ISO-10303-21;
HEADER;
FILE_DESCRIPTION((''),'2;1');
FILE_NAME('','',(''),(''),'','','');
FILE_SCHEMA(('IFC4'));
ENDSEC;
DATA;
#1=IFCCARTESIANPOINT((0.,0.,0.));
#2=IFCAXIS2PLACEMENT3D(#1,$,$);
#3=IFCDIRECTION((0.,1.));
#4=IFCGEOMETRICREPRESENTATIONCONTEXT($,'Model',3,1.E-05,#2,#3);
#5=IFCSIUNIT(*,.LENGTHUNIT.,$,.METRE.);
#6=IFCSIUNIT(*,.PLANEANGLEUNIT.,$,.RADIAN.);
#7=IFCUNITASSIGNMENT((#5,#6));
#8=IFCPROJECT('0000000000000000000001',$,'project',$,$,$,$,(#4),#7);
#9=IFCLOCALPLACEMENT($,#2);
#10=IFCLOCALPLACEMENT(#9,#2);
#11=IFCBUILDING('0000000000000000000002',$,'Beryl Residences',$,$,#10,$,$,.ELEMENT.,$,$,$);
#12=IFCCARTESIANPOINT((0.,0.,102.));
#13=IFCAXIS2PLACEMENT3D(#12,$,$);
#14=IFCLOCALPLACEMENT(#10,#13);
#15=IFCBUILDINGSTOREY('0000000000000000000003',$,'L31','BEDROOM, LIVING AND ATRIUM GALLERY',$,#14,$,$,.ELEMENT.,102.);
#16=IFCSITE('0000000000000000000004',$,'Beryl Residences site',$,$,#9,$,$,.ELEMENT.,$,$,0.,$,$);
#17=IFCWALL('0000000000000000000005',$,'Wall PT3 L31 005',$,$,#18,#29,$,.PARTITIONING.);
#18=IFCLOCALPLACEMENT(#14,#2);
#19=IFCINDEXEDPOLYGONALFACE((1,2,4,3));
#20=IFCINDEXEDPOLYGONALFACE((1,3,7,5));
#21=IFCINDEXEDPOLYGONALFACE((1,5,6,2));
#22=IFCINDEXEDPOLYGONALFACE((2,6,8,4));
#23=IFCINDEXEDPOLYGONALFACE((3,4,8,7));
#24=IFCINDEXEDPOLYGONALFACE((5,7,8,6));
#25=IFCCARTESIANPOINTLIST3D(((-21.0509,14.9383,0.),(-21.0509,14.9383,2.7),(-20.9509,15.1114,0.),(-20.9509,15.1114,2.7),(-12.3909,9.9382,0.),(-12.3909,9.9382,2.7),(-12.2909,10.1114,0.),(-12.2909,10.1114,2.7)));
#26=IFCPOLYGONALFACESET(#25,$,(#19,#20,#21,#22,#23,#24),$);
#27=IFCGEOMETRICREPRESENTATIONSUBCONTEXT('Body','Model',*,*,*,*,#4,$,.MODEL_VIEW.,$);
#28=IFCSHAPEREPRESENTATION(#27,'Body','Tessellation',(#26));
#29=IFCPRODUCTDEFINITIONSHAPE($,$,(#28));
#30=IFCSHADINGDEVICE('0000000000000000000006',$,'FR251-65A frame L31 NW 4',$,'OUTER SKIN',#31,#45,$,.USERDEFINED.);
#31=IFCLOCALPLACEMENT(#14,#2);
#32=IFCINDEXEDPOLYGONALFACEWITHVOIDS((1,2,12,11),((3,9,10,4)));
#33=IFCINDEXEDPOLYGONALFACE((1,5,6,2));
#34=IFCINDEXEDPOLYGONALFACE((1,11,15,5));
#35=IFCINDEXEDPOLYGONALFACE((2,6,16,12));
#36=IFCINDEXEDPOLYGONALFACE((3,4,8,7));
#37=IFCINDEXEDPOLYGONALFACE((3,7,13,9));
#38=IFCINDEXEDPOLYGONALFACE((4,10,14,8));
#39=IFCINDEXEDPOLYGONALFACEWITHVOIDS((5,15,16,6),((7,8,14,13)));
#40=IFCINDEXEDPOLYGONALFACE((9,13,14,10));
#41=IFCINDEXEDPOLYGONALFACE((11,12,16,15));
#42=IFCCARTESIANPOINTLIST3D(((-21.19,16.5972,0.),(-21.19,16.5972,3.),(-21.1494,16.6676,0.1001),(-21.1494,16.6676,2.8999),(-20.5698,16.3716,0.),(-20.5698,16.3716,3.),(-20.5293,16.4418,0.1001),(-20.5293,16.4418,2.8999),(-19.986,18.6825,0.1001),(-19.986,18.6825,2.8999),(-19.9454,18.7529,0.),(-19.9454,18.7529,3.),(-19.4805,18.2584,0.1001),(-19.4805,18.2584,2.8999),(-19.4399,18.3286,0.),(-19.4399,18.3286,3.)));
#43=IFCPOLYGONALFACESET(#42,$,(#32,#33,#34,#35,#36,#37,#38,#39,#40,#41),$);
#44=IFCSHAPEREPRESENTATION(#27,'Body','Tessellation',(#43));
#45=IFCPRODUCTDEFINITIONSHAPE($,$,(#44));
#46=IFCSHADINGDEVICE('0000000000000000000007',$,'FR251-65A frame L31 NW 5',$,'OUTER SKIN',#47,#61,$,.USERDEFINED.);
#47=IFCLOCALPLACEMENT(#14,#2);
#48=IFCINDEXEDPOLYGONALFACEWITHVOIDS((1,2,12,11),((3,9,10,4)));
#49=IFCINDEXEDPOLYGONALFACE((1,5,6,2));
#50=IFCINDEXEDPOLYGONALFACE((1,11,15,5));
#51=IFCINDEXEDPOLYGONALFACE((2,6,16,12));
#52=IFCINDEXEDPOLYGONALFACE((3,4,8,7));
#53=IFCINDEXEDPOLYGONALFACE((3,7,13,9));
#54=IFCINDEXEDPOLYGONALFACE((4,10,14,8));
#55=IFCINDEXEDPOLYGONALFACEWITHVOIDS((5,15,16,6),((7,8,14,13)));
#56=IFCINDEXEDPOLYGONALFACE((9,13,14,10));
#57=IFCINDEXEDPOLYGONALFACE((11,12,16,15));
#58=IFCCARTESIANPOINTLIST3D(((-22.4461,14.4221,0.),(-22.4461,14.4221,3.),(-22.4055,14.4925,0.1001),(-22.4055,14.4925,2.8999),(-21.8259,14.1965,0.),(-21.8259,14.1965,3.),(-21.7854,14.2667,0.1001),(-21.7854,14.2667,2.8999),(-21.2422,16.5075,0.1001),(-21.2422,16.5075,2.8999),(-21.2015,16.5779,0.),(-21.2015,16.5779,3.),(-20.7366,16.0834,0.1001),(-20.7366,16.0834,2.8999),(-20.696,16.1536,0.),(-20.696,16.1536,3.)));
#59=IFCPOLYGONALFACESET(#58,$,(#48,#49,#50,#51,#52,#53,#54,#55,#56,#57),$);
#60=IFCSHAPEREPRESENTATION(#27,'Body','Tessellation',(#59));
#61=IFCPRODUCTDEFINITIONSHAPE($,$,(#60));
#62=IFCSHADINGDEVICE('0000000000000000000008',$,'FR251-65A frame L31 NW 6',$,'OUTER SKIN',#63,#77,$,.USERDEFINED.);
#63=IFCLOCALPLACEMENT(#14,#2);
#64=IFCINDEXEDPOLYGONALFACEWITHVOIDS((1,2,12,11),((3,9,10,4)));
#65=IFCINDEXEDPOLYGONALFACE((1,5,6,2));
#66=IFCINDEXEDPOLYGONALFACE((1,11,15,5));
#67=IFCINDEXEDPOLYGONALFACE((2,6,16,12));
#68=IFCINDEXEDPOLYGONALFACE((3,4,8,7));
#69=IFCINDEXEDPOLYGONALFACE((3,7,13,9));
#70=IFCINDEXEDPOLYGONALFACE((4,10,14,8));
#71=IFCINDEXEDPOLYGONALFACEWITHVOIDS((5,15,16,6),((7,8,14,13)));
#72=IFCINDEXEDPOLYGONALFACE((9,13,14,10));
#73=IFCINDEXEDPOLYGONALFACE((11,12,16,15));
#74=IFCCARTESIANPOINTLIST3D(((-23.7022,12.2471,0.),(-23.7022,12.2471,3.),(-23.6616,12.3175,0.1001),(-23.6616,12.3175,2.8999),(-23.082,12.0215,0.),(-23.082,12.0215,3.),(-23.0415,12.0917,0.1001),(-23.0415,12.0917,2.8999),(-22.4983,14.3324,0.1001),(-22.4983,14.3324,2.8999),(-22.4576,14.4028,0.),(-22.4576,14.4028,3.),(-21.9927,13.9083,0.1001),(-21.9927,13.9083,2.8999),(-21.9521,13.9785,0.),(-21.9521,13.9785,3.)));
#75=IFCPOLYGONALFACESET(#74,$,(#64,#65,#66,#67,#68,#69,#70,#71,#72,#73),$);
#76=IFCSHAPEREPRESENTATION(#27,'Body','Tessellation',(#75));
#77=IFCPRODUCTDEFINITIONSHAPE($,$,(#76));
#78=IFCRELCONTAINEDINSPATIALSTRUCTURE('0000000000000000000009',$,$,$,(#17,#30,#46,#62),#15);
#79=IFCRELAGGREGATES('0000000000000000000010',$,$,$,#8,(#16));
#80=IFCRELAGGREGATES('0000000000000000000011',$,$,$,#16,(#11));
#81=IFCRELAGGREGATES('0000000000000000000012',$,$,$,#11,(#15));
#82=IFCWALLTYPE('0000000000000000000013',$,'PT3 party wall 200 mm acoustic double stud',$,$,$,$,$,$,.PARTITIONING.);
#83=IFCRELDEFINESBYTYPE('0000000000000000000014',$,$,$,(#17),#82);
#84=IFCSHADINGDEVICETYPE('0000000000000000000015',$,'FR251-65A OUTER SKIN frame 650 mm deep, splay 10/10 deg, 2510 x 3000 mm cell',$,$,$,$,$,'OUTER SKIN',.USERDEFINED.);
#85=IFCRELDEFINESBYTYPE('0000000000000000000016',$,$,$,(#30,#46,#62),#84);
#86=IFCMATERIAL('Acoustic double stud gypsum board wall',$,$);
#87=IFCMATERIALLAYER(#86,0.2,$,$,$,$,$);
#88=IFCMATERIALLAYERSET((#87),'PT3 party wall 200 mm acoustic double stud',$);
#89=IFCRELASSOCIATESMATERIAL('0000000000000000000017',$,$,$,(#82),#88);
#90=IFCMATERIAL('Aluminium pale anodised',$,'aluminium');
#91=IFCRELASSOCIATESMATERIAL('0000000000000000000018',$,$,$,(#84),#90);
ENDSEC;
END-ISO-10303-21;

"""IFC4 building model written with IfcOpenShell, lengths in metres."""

from ifc_helpers import new_model, entity, si_unit, direction, frame, frame_2d, origin, place, context, subcontext, project, spatial, rectangle, extrude, source, transform, mapped, material, layer, layer_set, type_object, type_shapes, element, save


model = new_model("IFC4")

# Units and contexts
model_context = context("Model", 3, precision=1e-05, world=origin(), true_north=direction((0.0, 1.0)))
body_context = subcontext(model_context, "Body", "Model", "MODEL_VIEW")
ifc_project = project(units=[si_unit("LENGTHUNIT", "METRE"), si_unit("PLANEANGLEUNIT", "RADIAN")], contexts=[model_context])

# Site, building, storey
site_placement = place(None, origin())
site = spatial("IfcSite", under=ifc_project, at=site_placement, Name="Beryl Residences site", CompositionType="ELEMENT", RefElevation=0.0)
building_placement = place(site_placement, origin())
building = spatial("IfcBuilding", under=site, at=building_placement, Name="Beryl Residences", CompositionType="ELEMENT")
storey_placement = place(building_placement, frame((0.0, 0.0, 102.0)))
storey = spatial("IfcBuildingStorey", under=building, at=storey_placement, Name="L31", Description="BEDROOM, LIVING AND ATRIUM GALLERY", CompositionType="ELEMENT", Elevation=102.0)

# Wall
ifc_material_1 = material(Name="Acoustic double stud gypsum board wall")
ifc_layer_1 = layer(ifc_material_1, 0.2)
ifc_layer_set_1 = layer_set([ifc_layer_1], Name="PT3 party wall 200 mm acoustic double stud")
wall_type_1 = type_object("IfcWallType", Name="PT3 party wall 200 mm acoustic double stud", PredefinedType="PARTITIONING", material=ifc_layer_set_1)
wall_1_placement = place(storey_placement, frame((-21.001, 15.0249, 0.0), z_axis=(0.0, 0.0, 1.0), x_axis=(0.866017, -0.500015, 0.0)))
element("IfcWall", 1, at=wall_1_placement, inside=storey, type_object=wall_type_1, Name="Wall PT3 L31 005", PredefinedType="PARTITIONING", context=body_context, shape_type="SweptSolid", body=[
    extrude(rectangle(XDim=9.9998, YDim=0.2, at=frame_2d((5.0, 0.0))), origin(), (0.0, 0.0, 1.0), 2.7),
])

# Shading devices
ifc_material_2 = material(Name="Aluminium pale anodised", Category="aluminium")
shading_device_type = type_object("IfcShadingDeviceType", Name="FR251-65A OUTER SKIN frame 650 mm deep, splay 10/10 deg, 2510 x 3000 mm cell", ElementType="OUTER SKIN", PredefinedType="USERDEFINED", material=ifc_material_2)
cartesian_point_1 = entity("IfcCartesianPoint", [-1.1299, 0.0])
cartesian_point_2 = entity("IfcCartesianPoint", [-1.0488, 0.1001])
cartesian_point_3 = entity("IfcCartesianPoint", [-1.2446, 0.0])
cartesian_point_4 = entity("IfcCartesianPoint", [-1.1633, 0.1001])
shared_shape = source(origin(), body_context, "Body", "SweptSolid", [
    entity("IfcExtrudedAreaSolidTapered", entity("IfcArbitraryProfileDefWithVoids", "AREA", None, entity("IfcPolyline", [cartesian_point_1, entity("IfcCartesianPoint", [1.1299, 0.0]), entity("IfcCartesianPoint", [1.1299, 3.0]), entity("IfcCartesianPoint", [-1.1299, 3.0]), cartesian_point_1]), [entity("IfcPolyline", [cartesian_point_2, entity("IfcCartesianPoint", [1.0488, 0.1001]), entity("IfcCartesianPoint", [1.0488, 2.8999]), entity("IfcCartesianPoint", [-1.0488, 2.8999]), cartesian_point_2])]), entity("IfcAxis2Placement3D", entity("IfcCartesianPoint", [0.0, 0.0, 0.0]), entity("IfcDirection", [0.0, 1.0, 0.0]), entity("IfcDirection", [-1.0, 0.0, 0.0])), entity("IfcDirection", [0.0, 0.0, 1.0]), 0.6499, entity("IfcArbitraryProfileDefWithVoids", "AREA", None, entity("IfcPolyline", [cartesian_point_3, entity("IfcCartesianPoint", [1.2446, 0.0]), entity("IfcCartesianPoint", [1.2446, 3.0]), entity("IfcCartesianPoint", [-1.2446, 3.0]), cartesian_point_3]), [entity("IfcPolyline", [cartesian_point_4, entity("IfcCartesianPoint", [1.1633, 0.1001]), entity("IfcCartesianPoint", [1.1633, 2.8999]), entity("IfcCartesianPoint", [-1.1633, 2.8999]), cartesian_point_4])])),
])
type_shapes(shading_device_type, [shared_shape])
for number, where, z_axis, x_axis, name in (
    (2, (-20.0049, 17.3501, 0.0), (0.0, 0.0, 1.0), (0.5, 0.866025, 0.0), "FR251-65A frame L31 NW 4"),
    (3, (-21.261, 15.175, 0.0), (0.0, 0.0, 1.0), (0.5, 0.866025, 0.0), "FR251-65A frame L31 NW 5"),
    (4, (-22.5171, 13.0, 0.0), (0.0, 0.0, 1.0), (0.5, 0.866025, 0.0), "FR251-65A frame L31 NW 6"),
):
    element("IfcShadingDevice", number, at=place(storey_placement, frame(where, z_axis=z_axis, x_axis=x_axis)), inside=storey, type_object=shading_device_type, Name=name, ObjectType="OUTER SKIN", PredefinedType="USERDEFINED", context=body_context, shape_type="MappedRepresentation", body=[
        mapped(shared_shape, transform((0.0, 0.0, 0.0))),
    ])

save(model, "model.ifc")
